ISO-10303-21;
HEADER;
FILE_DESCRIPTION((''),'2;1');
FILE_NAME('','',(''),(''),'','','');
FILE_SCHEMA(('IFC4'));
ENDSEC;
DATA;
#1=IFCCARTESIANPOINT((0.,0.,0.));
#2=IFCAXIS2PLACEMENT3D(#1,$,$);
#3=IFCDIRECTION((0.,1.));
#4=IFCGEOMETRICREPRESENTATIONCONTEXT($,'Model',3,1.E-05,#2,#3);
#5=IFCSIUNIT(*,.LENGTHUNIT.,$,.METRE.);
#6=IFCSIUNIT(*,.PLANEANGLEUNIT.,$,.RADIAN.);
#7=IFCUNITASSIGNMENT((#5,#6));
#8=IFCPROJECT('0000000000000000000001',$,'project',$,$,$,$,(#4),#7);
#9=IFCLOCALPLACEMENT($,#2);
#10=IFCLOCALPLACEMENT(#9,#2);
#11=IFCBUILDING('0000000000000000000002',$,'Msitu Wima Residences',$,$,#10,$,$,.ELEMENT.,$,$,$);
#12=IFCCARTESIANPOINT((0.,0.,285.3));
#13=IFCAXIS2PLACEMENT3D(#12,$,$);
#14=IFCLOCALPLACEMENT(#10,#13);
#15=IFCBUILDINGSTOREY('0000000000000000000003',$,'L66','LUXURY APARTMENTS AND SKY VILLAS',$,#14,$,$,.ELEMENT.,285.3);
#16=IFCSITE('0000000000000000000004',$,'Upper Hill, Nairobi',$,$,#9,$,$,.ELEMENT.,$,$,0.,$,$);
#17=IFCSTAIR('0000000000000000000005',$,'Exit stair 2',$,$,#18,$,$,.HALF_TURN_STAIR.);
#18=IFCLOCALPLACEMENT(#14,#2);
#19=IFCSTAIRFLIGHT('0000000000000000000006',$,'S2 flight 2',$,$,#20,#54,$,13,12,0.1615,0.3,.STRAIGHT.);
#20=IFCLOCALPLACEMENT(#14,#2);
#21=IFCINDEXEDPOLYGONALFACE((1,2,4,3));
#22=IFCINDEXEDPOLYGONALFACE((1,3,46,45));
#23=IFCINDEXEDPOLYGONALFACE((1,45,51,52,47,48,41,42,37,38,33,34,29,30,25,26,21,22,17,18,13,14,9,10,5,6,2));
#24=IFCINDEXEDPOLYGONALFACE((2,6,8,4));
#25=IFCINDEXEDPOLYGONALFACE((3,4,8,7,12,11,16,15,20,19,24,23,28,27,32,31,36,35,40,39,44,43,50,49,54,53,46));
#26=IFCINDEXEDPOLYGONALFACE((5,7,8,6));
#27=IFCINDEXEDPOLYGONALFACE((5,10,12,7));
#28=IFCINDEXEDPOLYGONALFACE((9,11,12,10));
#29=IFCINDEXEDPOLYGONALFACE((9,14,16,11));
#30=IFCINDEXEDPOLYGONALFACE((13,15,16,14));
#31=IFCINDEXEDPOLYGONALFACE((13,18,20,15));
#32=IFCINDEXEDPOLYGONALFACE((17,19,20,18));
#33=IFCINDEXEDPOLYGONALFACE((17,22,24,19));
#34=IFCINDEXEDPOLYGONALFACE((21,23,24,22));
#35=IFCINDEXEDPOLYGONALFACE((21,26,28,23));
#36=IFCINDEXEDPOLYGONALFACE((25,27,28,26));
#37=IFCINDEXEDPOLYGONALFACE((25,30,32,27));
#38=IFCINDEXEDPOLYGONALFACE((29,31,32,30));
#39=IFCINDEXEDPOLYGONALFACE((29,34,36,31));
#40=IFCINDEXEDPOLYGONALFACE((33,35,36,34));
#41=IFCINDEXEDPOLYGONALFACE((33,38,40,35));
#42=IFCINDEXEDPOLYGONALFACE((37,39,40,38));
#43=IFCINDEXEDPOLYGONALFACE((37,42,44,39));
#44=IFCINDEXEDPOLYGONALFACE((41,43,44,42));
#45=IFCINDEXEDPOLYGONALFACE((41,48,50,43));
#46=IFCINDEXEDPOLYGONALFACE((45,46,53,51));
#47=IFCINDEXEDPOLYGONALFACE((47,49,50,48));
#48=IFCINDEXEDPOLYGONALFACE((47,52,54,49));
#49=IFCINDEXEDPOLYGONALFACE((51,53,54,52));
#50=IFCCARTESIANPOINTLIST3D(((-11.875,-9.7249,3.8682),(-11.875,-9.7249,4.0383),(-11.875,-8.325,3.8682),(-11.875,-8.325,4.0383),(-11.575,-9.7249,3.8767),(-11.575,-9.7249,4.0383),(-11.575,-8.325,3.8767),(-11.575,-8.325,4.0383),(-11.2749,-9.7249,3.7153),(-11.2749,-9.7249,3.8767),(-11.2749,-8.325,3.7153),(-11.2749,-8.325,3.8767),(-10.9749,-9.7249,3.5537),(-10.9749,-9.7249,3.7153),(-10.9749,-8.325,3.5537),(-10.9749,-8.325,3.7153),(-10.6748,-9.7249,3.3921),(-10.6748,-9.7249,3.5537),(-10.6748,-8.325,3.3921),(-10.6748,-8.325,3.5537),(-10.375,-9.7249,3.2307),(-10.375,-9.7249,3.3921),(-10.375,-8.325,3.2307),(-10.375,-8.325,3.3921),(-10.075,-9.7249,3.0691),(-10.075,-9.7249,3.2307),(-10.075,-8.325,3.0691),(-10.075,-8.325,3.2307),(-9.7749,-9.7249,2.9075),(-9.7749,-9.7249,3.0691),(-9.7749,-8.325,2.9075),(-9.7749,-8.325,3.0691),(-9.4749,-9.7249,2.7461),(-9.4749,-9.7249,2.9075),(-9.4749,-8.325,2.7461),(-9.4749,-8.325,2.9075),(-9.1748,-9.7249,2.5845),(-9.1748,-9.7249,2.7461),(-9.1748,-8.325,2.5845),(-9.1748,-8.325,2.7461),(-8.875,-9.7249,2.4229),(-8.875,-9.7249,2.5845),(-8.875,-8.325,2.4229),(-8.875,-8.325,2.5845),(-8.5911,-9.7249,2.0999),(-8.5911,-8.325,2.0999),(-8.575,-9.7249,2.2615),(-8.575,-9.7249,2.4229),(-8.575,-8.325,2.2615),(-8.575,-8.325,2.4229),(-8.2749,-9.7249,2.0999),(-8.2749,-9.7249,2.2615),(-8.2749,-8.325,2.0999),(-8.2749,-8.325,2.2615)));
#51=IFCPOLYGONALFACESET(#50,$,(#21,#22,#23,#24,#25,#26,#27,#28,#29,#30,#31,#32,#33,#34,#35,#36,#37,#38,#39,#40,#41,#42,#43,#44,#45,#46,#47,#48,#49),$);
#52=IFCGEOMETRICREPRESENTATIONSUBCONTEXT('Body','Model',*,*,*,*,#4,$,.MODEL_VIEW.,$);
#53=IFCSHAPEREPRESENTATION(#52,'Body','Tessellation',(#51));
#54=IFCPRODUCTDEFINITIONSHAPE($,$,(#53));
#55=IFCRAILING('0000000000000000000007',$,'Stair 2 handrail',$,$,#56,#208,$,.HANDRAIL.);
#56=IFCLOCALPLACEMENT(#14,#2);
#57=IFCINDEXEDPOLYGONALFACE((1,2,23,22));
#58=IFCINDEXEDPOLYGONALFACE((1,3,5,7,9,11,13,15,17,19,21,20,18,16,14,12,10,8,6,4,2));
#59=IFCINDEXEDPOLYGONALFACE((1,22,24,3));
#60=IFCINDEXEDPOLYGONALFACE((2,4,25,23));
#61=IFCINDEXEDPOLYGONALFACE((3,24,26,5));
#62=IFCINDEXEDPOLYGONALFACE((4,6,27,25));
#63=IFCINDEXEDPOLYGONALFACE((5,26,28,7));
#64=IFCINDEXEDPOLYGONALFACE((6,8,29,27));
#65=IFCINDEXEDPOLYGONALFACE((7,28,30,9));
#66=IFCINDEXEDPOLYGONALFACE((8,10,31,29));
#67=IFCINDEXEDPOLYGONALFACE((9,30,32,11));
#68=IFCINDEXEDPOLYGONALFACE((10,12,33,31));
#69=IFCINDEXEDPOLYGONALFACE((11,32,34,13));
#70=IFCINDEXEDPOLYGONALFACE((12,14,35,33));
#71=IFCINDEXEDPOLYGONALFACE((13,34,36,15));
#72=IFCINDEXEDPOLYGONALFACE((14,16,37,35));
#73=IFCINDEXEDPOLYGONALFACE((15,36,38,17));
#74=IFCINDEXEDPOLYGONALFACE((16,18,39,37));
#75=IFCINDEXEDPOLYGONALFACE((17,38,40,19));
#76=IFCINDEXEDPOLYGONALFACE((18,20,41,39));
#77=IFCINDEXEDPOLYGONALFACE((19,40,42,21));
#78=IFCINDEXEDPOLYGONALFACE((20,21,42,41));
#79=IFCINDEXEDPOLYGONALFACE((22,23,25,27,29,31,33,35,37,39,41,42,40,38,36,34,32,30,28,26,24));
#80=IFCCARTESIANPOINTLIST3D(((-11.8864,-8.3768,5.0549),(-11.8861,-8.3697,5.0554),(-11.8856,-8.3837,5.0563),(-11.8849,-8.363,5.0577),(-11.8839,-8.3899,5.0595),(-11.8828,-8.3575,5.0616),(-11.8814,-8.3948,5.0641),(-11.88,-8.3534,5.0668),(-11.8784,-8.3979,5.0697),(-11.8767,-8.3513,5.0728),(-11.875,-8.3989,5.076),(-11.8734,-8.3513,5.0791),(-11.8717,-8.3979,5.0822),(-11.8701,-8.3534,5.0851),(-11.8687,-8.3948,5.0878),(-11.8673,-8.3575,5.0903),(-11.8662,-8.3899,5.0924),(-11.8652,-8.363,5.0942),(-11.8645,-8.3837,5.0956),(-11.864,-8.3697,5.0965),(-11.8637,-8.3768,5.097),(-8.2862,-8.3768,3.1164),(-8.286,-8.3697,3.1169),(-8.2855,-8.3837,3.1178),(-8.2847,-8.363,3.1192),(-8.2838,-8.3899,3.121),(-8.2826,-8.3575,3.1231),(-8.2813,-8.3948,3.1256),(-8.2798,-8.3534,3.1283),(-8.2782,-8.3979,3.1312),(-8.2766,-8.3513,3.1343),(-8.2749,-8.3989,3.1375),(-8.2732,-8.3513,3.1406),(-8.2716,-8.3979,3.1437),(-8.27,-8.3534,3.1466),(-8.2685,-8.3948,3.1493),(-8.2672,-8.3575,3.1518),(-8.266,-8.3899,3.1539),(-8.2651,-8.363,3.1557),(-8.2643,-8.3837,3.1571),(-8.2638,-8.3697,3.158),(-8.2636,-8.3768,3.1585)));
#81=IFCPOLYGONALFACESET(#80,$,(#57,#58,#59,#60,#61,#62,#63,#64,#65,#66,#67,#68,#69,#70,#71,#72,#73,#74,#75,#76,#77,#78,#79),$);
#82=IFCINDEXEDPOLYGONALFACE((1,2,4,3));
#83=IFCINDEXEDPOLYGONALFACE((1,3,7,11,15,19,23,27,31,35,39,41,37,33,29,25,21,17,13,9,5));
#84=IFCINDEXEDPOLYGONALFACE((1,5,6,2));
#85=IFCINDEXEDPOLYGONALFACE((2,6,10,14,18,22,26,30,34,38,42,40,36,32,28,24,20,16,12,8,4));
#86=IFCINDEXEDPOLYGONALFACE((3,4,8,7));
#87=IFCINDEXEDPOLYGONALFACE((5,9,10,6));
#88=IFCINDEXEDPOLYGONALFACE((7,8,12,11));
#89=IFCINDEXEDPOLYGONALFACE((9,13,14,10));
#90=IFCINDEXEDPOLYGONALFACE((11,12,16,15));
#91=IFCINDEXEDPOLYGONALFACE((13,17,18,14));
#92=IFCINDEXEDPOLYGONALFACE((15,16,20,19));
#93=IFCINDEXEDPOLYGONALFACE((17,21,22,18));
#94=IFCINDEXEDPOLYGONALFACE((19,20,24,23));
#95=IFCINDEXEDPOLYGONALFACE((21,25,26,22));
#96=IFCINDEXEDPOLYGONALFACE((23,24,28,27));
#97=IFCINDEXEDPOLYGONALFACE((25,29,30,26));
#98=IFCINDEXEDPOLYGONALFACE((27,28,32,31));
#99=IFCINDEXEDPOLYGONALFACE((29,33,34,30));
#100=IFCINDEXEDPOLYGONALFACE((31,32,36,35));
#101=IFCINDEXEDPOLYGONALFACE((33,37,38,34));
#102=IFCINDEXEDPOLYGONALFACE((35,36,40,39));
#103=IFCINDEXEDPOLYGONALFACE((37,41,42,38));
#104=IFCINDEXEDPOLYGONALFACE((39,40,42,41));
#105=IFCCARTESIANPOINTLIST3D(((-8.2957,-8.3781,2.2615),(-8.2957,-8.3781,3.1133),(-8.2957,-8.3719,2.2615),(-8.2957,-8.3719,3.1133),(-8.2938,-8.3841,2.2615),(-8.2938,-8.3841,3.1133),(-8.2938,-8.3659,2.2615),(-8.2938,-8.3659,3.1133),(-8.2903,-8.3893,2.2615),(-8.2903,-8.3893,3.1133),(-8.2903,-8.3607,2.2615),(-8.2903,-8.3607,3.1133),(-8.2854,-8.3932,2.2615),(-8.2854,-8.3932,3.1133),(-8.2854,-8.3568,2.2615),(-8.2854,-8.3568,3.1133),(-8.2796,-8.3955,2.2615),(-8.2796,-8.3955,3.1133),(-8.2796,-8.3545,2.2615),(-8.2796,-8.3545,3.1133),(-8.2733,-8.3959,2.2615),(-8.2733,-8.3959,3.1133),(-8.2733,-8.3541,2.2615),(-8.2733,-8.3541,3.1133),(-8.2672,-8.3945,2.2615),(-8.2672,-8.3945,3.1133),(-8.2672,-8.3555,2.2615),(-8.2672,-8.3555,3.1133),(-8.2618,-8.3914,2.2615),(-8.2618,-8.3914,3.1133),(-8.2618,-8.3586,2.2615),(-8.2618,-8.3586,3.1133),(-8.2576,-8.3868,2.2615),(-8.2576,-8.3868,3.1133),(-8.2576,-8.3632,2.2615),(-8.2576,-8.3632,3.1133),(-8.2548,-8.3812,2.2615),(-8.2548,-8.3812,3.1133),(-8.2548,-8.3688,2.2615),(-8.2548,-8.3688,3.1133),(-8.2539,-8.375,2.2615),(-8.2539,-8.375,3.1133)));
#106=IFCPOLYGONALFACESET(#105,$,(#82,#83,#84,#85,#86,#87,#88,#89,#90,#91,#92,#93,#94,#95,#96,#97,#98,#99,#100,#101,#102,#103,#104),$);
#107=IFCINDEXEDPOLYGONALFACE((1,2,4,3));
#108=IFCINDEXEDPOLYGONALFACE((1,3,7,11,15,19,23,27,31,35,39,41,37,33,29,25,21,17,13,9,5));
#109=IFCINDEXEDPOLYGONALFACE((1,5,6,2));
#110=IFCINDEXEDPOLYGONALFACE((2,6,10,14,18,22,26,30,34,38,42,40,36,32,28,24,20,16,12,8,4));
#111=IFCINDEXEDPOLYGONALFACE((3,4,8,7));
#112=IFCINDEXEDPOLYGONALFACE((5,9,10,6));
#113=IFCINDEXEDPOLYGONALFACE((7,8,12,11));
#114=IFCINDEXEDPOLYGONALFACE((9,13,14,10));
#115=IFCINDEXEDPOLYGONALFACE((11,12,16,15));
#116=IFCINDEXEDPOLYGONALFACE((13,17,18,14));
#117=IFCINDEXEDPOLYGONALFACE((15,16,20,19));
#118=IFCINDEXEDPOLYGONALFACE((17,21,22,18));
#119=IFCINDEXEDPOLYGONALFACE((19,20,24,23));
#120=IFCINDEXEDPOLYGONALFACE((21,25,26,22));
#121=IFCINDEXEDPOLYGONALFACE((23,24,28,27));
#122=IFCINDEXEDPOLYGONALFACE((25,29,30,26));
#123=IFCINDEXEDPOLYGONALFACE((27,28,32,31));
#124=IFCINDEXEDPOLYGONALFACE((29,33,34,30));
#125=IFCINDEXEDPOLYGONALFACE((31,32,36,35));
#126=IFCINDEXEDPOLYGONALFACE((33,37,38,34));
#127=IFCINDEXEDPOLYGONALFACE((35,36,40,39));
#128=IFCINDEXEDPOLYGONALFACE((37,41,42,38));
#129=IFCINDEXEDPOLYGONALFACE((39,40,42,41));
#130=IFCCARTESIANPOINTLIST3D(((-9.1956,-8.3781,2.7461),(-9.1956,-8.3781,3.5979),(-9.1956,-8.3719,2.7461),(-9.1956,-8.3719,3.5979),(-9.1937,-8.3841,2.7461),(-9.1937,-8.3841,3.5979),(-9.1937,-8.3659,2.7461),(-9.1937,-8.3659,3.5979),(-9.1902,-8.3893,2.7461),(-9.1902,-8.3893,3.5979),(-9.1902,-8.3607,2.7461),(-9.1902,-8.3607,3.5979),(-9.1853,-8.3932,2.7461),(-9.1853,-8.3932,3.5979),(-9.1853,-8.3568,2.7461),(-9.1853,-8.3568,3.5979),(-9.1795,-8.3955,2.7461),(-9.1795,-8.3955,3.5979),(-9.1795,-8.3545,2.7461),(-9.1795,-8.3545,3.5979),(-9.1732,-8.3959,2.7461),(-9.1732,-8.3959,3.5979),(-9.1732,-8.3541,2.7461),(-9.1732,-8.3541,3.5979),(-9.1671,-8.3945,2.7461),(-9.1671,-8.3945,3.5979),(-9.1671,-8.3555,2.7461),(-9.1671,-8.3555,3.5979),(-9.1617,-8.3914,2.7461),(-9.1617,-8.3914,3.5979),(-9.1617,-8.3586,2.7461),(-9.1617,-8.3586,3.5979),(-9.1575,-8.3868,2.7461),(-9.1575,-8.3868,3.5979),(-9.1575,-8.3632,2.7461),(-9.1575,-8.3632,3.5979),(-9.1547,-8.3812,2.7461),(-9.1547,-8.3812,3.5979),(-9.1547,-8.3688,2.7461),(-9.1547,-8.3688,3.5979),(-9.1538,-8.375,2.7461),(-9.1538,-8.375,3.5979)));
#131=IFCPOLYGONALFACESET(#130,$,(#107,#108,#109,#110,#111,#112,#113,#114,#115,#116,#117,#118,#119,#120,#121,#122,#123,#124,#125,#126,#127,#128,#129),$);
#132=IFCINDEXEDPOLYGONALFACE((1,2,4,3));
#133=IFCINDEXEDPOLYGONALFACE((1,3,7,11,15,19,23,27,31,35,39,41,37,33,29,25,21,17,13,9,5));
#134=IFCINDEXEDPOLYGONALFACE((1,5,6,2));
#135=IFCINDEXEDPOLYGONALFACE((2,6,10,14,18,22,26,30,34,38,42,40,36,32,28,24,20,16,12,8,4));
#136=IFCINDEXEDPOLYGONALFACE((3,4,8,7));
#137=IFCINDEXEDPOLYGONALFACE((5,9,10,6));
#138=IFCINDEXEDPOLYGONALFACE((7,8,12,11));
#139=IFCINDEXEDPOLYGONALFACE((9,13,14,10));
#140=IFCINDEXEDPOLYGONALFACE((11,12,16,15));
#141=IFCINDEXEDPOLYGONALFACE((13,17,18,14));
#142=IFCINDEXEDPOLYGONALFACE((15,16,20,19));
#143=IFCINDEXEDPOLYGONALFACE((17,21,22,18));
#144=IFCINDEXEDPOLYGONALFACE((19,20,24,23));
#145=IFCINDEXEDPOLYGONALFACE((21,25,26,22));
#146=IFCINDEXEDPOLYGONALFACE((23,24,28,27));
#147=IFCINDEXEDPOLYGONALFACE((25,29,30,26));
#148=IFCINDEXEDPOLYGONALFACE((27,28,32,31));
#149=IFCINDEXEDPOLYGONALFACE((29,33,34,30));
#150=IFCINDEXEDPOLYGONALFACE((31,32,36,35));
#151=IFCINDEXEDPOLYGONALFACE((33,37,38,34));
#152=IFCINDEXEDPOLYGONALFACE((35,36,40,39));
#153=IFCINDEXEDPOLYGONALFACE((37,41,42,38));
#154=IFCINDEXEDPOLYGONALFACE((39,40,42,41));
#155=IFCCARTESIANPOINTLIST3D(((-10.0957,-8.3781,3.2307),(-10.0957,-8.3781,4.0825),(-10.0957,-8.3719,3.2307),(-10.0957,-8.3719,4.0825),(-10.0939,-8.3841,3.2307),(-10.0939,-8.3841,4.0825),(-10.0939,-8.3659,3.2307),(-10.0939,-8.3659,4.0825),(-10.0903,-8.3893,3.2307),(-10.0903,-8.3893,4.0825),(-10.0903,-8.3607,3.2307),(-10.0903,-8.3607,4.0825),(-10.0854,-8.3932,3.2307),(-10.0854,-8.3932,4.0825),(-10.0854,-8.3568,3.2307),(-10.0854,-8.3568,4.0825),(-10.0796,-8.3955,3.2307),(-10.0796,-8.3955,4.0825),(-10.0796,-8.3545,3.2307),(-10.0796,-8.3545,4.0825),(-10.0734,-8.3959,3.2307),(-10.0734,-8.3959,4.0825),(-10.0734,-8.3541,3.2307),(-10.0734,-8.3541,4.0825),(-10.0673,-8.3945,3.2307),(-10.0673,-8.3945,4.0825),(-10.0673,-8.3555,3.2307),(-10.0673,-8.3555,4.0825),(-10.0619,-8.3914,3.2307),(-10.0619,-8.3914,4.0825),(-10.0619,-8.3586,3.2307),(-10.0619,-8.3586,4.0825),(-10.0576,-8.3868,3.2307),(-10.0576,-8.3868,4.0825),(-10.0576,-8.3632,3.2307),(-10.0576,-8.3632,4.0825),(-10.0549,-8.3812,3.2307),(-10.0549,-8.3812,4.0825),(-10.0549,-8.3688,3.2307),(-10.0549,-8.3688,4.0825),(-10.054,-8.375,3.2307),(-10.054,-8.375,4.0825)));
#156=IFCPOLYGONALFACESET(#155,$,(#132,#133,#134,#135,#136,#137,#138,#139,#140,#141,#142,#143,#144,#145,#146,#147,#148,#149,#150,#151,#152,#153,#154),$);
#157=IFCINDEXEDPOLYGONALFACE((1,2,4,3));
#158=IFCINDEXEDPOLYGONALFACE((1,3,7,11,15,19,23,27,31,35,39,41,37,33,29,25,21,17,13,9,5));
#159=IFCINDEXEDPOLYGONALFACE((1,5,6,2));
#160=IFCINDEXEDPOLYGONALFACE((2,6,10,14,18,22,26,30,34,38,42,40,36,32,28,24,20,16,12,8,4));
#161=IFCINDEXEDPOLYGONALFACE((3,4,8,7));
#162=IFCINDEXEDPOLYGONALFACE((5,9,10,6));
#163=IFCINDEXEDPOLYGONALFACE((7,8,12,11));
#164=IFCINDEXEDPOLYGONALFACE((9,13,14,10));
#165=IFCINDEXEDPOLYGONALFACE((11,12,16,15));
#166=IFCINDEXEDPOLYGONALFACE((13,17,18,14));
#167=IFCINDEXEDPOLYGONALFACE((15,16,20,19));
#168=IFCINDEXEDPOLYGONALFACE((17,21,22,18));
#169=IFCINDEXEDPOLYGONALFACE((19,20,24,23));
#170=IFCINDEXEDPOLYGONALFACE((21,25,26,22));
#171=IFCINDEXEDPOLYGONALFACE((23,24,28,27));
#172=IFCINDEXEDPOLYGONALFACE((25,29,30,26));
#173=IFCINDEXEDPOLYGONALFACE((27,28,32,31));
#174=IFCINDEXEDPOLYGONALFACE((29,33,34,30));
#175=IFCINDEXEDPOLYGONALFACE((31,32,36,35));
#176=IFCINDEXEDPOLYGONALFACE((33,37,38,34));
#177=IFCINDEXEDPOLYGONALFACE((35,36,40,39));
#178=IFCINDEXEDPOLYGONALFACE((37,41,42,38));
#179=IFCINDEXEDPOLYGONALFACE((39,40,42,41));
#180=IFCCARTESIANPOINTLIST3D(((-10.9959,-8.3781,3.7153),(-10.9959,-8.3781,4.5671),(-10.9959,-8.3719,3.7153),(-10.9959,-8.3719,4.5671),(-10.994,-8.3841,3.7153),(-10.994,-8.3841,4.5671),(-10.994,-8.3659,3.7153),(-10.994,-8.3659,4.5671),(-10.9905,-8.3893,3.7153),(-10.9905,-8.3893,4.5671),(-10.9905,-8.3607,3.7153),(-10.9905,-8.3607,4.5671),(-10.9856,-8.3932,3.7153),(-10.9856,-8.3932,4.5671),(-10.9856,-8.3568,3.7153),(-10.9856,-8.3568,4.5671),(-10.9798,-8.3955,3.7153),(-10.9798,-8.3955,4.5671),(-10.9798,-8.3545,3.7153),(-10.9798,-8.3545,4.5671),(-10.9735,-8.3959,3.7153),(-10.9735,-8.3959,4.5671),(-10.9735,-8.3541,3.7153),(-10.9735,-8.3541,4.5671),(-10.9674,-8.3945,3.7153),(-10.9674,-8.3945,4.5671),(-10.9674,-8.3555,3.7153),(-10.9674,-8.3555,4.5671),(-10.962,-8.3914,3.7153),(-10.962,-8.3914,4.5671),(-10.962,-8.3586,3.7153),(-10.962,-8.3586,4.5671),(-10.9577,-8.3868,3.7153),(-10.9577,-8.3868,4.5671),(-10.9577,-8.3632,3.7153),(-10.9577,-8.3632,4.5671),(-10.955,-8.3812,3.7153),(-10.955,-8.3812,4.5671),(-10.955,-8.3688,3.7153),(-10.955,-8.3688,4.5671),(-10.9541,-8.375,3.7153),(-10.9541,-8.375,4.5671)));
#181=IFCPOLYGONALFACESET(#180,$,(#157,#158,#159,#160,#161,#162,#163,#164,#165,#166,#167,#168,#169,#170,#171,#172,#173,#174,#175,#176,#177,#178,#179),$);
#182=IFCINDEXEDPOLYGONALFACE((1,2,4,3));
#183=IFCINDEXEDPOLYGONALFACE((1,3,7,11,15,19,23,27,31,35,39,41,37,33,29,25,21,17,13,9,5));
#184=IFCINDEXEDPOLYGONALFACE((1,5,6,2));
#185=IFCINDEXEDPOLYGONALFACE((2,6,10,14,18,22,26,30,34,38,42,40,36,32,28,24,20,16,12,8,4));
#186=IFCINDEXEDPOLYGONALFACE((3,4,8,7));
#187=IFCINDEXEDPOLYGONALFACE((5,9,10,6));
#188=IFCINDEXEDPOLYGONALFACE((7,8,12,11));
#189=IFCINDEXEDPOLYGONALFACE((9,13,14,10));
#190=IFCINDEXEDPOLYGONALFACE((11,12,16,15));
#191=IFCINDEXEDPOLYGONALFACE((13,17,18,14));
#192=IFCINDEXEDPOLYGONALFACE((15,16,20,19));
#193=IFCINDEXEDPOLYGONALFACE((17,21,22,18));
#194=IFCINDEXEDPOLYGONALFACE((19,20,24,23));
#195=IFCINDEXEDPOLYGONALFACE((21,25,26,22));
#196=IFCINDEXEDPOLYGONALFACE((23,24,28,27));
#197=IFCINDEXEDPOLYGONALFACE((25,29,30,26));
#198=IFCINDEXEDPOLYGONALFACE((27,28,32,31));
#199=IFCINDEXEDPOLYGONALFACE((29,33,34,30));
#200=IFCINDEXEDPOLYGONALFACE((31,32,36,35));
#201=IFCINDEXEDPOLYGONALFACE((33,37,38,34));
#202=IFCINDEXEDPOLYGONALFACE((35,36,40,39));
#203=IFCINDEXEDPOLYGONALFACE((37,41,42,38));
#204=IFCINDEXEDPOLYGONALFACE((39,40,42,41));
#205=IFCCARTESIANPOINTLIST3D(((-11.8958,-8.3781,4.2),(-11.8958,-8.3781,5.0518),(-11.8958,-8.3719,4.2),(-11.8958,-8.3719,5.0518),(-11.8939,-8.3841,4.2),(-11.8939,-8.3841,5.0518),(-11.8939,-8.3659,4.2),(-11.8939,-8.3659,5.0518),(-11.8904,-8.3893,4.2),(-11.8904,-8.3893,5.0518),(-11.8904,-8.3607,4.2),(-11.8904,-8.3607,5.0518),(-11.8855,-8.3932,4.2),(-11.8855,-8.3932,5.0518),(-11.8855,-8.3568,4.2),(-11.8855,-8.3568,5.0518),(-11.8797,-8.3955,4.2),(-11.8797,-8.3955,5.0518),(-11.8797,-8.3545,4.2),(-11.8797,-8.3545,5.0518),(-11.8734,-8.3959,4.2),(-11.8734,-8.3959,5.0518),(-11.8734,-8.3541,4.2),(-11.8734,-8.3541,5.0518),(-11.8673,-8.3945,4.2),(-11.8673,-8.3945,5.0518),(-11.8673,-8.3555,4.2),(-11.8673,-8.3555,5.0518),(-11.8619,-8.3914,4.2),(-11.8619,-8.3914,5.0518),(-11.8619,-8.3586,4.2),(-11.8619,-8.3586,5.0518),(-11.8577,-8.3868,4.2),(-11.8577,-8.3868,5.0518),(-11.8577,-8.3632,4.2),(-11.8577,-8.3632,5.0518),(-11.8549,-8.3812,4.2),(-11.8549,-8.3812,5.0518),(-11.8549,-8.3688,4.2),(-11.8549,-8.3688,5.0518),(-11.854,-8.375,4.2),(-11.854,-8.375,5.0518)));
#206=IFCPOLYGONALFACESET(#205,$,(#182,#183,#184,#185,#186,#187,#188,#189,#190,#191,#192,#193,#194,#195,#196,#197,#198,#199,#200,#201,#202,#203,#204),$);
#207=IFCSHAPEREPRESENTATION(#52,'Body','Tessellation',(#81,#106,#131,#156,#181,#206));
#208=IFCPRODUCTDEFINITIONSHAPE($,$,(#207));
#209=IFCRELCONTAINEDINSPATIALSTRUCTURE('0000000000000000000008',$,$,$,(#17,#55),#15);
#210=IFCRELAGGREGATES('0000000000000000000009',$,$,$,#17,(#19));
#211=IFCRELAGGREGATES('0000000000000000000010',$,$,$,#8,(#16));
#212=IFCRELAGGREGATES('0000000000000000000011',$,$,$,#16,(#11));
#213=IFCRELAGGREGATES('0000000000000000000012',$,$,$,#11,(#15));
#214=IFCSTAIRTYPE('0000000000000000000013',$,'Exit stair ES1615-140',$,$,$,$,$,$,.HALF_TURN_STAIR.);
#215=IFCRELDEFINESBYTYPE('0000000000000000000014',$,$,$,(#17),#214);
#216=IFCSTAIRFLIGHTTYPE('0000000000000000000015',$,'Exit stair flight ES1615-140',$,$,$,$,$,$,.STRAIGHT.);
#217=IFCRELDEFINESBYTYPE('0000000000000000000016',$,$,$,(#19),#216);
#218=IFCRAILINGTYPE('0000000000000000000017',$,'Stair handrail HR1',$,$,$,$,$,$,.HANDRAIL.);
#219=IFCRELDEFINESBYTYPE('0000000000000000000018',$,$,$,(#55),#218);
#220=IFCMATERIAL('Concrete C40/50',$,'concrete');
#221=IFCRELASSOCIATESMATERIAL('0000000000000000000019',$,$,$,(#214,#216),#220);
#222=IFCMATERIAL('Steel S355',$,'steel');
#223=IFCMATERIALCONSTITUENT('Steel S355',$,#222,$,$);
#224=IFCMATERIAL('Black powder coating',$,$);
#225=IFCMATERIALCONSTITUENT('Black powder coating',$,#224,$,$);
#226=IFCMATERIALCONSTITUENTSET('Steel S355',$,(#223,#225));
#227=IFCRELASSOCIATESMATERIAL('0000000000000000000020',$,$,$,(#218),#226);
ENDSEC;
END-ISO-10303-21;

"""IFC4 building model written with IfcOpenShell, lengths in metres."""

from ifc_helpers import new_model, si_unit, direction, frame, origin, origin_2d, place, context, subcontext, project, spatial, polyline, circle, outline, extrude, material, constituent, constituent_set, type_object, element, aggregate, save


model = new_model("IFC4")

# Units and contexts
model_context = context("Model", 3, precision=1e-05, world=origin(), true_north=direction((0.0, 1.0)))
body_context = subcontext(model_context, "Body", "Model", "MODEL_VIEW")
ifc_project = project(units=[si_unit("LENGTHUNIT", "METRE"), si_unit("PLANEANGLEUNIT", "RADIAN")], contexts=[model_context])

# Site, building, storey
site_placement = place(None, origin())
site = spatial("IfcSite", under=ifc_project, at=site_placement, Name="Upper Hill, Nairobi", CompositionType="ELEMENT", RefElevation=0.0)
building_placement = place(site_placement, origin())
building = spatial("IfcBuilding", under=site, at=building_placement, Name="Msitu Wima Residences", CompositionType="ELEMENT")
storey_placement = place(building_placement, frame((0.0, 0.0, 285.3)))
storey = spatial("IfcBuildingStorey", under=building, at=storey_placement, Name="L66", Description="LUXURY APARTMENTS AND SKY VILLAS", CompositionType="ELEMENT", Elevation=285.3)

# Shared definitions
ifc_material_1 = material(Name="Concrete C40/50", Category="concrete")

# Stair, stair flight
stair_type = type_object("IfcStairType", Name="Exit stair ES1615-140", PredefinedType="HALF_TURN_STAIR", material=ifc_material_1)
stair_placement = place(storey_placement, origin())
stair = element("IfcStair", 1, at=stair_placement, inside=storey, type_object=stair_type, Name="Exit stair 2", PredefinedType="HALF_TURN_STAIR")
stair_flight_type = type_object("IfcStairFlightType", Name="Exit stair flight ES1615-140", PredefinedType="STRAIGHT", material=ifc_material_1)
stair_flight_placement = place(storey_placement, frame((-8.2749, -9.0249, 2.0999), z_axis=(0.0, 0.0, 1.0), x_axis=(-1.0, 0.0, 0.0)))
stair_flight = element("IfcStairFlight", 2, at=stair_flight_placement, type_object=stair_flight_type, Name="S2 flight 2", NumberOfRisers=13, NumberOfTreads=12, PredefinedType="STRAIGHT", RiserHeight=0.1615, TreadLength=0.3, context=body_context, shape_type="SweptSolid", body=[
    extrude(outline(polyline([(0.0, 0.0), (0.0, 0.1616), (0.3, 0.1616), (0.3, 0.323), (0.6001, 0.323), (0.6001, 0.4846), (0.8999, 0.4846), (0.8999, 0.6462), (1.2, 0.6462), (1.2, 0.8076), (1.5, 0.8076), (1.5, 0.9692), (1.8, 0.9692), (1.8, 1.1309), (2.1001, 1.1309), (2.1001, 1.2922), (2.3999, 1.2922), (2.3999, 1.4539), (2.7, 1.4539), (2.7, 1.6155), (3.0, 1.6155), (3.0, 1.7769), (3.3, 1.7769), (3.3, 1.9385), (3.6001, 1.9385), (3.6001, 2.1001), (3.6001, 1.7683), (0.3162, 0.0), (0.0, 0.0)])), frame((0.0, 0.7, 0.0), z_axis=(0.0, -1.0, 0.0), x_axis=(1.0, 0.0, 0.0)), (0.0, 0.0, 1.0), 1.3999),
])
aggregate(stair, [stair_flight])

# Railing
ifc_material_2 = material(Name="Steel S355", Category="steel")
ifc_constituent_1 = constituent(ifc_material_2, Name="Steel S355")
ifc_material_3 = material(Name="Black powder coating")
ifc_constituent_2 = constituent(ifc_material_3, Name="Black powder coating")
ifc_constituent_set = constituent_set(constituents=[ifc_constituent_1, ifc_constituent_2], Name="Steel S355")
railing_type = type_object("IfcRailingType", Name="Stair handrail HR1", PredefinedType="HANDRAIL", material=ifc_constituent_set)
railing_placement = place(storey_placement, frame((-8.2749, -8.375, 2.2615)))
element("IfcRailing", 3, at=railing_placement, inside=storey, type_object=railing_type, Name="Stair 2 handrail", PredefinedType="HANDRAIL", context=body_context, shape_type="SweptSolid", body=[
    extrude(circle(Radius=0.0239, at=origin_2d()), frame((0.0, 0.0, 0.876), z_axis=(-0.880475, 0.0, 0.474093), x_axis=(0.0, -1.0, 0.0)), (0.0, 0.0, 1.0), 4.0889),
    extrude(circle(Radius=0.021, at=origin_2d()), origin(), (0.0, 0.0, 1.0), 0.8518),
    extrude(circle(Radius=0.021, at=origin_2d()), frame((-0.8999, 0.0, 0.4846)), (0.0, 0.0, 1.0), 0.8518),
    extrude(circle(Radius=0.021, at=origin_2d()), frame((-1.8, 0.0, 0.9692)), (0.0, 0.0, 1.0), 0.8518),
    extrude(circle(Radius=0.021, at=origin_2d()), frame((-2.7002, 0.0, 1.4539)), (0.0, 0.0, 1.0), 0.8518),
    extrude(circle(Radius=0.021, at=origin_2d()), frame((-3.6001, 0.0, 1.9385)), (0.0, 0.0, 1.0), 0.8518),
])

save(model, "model.ifc")
